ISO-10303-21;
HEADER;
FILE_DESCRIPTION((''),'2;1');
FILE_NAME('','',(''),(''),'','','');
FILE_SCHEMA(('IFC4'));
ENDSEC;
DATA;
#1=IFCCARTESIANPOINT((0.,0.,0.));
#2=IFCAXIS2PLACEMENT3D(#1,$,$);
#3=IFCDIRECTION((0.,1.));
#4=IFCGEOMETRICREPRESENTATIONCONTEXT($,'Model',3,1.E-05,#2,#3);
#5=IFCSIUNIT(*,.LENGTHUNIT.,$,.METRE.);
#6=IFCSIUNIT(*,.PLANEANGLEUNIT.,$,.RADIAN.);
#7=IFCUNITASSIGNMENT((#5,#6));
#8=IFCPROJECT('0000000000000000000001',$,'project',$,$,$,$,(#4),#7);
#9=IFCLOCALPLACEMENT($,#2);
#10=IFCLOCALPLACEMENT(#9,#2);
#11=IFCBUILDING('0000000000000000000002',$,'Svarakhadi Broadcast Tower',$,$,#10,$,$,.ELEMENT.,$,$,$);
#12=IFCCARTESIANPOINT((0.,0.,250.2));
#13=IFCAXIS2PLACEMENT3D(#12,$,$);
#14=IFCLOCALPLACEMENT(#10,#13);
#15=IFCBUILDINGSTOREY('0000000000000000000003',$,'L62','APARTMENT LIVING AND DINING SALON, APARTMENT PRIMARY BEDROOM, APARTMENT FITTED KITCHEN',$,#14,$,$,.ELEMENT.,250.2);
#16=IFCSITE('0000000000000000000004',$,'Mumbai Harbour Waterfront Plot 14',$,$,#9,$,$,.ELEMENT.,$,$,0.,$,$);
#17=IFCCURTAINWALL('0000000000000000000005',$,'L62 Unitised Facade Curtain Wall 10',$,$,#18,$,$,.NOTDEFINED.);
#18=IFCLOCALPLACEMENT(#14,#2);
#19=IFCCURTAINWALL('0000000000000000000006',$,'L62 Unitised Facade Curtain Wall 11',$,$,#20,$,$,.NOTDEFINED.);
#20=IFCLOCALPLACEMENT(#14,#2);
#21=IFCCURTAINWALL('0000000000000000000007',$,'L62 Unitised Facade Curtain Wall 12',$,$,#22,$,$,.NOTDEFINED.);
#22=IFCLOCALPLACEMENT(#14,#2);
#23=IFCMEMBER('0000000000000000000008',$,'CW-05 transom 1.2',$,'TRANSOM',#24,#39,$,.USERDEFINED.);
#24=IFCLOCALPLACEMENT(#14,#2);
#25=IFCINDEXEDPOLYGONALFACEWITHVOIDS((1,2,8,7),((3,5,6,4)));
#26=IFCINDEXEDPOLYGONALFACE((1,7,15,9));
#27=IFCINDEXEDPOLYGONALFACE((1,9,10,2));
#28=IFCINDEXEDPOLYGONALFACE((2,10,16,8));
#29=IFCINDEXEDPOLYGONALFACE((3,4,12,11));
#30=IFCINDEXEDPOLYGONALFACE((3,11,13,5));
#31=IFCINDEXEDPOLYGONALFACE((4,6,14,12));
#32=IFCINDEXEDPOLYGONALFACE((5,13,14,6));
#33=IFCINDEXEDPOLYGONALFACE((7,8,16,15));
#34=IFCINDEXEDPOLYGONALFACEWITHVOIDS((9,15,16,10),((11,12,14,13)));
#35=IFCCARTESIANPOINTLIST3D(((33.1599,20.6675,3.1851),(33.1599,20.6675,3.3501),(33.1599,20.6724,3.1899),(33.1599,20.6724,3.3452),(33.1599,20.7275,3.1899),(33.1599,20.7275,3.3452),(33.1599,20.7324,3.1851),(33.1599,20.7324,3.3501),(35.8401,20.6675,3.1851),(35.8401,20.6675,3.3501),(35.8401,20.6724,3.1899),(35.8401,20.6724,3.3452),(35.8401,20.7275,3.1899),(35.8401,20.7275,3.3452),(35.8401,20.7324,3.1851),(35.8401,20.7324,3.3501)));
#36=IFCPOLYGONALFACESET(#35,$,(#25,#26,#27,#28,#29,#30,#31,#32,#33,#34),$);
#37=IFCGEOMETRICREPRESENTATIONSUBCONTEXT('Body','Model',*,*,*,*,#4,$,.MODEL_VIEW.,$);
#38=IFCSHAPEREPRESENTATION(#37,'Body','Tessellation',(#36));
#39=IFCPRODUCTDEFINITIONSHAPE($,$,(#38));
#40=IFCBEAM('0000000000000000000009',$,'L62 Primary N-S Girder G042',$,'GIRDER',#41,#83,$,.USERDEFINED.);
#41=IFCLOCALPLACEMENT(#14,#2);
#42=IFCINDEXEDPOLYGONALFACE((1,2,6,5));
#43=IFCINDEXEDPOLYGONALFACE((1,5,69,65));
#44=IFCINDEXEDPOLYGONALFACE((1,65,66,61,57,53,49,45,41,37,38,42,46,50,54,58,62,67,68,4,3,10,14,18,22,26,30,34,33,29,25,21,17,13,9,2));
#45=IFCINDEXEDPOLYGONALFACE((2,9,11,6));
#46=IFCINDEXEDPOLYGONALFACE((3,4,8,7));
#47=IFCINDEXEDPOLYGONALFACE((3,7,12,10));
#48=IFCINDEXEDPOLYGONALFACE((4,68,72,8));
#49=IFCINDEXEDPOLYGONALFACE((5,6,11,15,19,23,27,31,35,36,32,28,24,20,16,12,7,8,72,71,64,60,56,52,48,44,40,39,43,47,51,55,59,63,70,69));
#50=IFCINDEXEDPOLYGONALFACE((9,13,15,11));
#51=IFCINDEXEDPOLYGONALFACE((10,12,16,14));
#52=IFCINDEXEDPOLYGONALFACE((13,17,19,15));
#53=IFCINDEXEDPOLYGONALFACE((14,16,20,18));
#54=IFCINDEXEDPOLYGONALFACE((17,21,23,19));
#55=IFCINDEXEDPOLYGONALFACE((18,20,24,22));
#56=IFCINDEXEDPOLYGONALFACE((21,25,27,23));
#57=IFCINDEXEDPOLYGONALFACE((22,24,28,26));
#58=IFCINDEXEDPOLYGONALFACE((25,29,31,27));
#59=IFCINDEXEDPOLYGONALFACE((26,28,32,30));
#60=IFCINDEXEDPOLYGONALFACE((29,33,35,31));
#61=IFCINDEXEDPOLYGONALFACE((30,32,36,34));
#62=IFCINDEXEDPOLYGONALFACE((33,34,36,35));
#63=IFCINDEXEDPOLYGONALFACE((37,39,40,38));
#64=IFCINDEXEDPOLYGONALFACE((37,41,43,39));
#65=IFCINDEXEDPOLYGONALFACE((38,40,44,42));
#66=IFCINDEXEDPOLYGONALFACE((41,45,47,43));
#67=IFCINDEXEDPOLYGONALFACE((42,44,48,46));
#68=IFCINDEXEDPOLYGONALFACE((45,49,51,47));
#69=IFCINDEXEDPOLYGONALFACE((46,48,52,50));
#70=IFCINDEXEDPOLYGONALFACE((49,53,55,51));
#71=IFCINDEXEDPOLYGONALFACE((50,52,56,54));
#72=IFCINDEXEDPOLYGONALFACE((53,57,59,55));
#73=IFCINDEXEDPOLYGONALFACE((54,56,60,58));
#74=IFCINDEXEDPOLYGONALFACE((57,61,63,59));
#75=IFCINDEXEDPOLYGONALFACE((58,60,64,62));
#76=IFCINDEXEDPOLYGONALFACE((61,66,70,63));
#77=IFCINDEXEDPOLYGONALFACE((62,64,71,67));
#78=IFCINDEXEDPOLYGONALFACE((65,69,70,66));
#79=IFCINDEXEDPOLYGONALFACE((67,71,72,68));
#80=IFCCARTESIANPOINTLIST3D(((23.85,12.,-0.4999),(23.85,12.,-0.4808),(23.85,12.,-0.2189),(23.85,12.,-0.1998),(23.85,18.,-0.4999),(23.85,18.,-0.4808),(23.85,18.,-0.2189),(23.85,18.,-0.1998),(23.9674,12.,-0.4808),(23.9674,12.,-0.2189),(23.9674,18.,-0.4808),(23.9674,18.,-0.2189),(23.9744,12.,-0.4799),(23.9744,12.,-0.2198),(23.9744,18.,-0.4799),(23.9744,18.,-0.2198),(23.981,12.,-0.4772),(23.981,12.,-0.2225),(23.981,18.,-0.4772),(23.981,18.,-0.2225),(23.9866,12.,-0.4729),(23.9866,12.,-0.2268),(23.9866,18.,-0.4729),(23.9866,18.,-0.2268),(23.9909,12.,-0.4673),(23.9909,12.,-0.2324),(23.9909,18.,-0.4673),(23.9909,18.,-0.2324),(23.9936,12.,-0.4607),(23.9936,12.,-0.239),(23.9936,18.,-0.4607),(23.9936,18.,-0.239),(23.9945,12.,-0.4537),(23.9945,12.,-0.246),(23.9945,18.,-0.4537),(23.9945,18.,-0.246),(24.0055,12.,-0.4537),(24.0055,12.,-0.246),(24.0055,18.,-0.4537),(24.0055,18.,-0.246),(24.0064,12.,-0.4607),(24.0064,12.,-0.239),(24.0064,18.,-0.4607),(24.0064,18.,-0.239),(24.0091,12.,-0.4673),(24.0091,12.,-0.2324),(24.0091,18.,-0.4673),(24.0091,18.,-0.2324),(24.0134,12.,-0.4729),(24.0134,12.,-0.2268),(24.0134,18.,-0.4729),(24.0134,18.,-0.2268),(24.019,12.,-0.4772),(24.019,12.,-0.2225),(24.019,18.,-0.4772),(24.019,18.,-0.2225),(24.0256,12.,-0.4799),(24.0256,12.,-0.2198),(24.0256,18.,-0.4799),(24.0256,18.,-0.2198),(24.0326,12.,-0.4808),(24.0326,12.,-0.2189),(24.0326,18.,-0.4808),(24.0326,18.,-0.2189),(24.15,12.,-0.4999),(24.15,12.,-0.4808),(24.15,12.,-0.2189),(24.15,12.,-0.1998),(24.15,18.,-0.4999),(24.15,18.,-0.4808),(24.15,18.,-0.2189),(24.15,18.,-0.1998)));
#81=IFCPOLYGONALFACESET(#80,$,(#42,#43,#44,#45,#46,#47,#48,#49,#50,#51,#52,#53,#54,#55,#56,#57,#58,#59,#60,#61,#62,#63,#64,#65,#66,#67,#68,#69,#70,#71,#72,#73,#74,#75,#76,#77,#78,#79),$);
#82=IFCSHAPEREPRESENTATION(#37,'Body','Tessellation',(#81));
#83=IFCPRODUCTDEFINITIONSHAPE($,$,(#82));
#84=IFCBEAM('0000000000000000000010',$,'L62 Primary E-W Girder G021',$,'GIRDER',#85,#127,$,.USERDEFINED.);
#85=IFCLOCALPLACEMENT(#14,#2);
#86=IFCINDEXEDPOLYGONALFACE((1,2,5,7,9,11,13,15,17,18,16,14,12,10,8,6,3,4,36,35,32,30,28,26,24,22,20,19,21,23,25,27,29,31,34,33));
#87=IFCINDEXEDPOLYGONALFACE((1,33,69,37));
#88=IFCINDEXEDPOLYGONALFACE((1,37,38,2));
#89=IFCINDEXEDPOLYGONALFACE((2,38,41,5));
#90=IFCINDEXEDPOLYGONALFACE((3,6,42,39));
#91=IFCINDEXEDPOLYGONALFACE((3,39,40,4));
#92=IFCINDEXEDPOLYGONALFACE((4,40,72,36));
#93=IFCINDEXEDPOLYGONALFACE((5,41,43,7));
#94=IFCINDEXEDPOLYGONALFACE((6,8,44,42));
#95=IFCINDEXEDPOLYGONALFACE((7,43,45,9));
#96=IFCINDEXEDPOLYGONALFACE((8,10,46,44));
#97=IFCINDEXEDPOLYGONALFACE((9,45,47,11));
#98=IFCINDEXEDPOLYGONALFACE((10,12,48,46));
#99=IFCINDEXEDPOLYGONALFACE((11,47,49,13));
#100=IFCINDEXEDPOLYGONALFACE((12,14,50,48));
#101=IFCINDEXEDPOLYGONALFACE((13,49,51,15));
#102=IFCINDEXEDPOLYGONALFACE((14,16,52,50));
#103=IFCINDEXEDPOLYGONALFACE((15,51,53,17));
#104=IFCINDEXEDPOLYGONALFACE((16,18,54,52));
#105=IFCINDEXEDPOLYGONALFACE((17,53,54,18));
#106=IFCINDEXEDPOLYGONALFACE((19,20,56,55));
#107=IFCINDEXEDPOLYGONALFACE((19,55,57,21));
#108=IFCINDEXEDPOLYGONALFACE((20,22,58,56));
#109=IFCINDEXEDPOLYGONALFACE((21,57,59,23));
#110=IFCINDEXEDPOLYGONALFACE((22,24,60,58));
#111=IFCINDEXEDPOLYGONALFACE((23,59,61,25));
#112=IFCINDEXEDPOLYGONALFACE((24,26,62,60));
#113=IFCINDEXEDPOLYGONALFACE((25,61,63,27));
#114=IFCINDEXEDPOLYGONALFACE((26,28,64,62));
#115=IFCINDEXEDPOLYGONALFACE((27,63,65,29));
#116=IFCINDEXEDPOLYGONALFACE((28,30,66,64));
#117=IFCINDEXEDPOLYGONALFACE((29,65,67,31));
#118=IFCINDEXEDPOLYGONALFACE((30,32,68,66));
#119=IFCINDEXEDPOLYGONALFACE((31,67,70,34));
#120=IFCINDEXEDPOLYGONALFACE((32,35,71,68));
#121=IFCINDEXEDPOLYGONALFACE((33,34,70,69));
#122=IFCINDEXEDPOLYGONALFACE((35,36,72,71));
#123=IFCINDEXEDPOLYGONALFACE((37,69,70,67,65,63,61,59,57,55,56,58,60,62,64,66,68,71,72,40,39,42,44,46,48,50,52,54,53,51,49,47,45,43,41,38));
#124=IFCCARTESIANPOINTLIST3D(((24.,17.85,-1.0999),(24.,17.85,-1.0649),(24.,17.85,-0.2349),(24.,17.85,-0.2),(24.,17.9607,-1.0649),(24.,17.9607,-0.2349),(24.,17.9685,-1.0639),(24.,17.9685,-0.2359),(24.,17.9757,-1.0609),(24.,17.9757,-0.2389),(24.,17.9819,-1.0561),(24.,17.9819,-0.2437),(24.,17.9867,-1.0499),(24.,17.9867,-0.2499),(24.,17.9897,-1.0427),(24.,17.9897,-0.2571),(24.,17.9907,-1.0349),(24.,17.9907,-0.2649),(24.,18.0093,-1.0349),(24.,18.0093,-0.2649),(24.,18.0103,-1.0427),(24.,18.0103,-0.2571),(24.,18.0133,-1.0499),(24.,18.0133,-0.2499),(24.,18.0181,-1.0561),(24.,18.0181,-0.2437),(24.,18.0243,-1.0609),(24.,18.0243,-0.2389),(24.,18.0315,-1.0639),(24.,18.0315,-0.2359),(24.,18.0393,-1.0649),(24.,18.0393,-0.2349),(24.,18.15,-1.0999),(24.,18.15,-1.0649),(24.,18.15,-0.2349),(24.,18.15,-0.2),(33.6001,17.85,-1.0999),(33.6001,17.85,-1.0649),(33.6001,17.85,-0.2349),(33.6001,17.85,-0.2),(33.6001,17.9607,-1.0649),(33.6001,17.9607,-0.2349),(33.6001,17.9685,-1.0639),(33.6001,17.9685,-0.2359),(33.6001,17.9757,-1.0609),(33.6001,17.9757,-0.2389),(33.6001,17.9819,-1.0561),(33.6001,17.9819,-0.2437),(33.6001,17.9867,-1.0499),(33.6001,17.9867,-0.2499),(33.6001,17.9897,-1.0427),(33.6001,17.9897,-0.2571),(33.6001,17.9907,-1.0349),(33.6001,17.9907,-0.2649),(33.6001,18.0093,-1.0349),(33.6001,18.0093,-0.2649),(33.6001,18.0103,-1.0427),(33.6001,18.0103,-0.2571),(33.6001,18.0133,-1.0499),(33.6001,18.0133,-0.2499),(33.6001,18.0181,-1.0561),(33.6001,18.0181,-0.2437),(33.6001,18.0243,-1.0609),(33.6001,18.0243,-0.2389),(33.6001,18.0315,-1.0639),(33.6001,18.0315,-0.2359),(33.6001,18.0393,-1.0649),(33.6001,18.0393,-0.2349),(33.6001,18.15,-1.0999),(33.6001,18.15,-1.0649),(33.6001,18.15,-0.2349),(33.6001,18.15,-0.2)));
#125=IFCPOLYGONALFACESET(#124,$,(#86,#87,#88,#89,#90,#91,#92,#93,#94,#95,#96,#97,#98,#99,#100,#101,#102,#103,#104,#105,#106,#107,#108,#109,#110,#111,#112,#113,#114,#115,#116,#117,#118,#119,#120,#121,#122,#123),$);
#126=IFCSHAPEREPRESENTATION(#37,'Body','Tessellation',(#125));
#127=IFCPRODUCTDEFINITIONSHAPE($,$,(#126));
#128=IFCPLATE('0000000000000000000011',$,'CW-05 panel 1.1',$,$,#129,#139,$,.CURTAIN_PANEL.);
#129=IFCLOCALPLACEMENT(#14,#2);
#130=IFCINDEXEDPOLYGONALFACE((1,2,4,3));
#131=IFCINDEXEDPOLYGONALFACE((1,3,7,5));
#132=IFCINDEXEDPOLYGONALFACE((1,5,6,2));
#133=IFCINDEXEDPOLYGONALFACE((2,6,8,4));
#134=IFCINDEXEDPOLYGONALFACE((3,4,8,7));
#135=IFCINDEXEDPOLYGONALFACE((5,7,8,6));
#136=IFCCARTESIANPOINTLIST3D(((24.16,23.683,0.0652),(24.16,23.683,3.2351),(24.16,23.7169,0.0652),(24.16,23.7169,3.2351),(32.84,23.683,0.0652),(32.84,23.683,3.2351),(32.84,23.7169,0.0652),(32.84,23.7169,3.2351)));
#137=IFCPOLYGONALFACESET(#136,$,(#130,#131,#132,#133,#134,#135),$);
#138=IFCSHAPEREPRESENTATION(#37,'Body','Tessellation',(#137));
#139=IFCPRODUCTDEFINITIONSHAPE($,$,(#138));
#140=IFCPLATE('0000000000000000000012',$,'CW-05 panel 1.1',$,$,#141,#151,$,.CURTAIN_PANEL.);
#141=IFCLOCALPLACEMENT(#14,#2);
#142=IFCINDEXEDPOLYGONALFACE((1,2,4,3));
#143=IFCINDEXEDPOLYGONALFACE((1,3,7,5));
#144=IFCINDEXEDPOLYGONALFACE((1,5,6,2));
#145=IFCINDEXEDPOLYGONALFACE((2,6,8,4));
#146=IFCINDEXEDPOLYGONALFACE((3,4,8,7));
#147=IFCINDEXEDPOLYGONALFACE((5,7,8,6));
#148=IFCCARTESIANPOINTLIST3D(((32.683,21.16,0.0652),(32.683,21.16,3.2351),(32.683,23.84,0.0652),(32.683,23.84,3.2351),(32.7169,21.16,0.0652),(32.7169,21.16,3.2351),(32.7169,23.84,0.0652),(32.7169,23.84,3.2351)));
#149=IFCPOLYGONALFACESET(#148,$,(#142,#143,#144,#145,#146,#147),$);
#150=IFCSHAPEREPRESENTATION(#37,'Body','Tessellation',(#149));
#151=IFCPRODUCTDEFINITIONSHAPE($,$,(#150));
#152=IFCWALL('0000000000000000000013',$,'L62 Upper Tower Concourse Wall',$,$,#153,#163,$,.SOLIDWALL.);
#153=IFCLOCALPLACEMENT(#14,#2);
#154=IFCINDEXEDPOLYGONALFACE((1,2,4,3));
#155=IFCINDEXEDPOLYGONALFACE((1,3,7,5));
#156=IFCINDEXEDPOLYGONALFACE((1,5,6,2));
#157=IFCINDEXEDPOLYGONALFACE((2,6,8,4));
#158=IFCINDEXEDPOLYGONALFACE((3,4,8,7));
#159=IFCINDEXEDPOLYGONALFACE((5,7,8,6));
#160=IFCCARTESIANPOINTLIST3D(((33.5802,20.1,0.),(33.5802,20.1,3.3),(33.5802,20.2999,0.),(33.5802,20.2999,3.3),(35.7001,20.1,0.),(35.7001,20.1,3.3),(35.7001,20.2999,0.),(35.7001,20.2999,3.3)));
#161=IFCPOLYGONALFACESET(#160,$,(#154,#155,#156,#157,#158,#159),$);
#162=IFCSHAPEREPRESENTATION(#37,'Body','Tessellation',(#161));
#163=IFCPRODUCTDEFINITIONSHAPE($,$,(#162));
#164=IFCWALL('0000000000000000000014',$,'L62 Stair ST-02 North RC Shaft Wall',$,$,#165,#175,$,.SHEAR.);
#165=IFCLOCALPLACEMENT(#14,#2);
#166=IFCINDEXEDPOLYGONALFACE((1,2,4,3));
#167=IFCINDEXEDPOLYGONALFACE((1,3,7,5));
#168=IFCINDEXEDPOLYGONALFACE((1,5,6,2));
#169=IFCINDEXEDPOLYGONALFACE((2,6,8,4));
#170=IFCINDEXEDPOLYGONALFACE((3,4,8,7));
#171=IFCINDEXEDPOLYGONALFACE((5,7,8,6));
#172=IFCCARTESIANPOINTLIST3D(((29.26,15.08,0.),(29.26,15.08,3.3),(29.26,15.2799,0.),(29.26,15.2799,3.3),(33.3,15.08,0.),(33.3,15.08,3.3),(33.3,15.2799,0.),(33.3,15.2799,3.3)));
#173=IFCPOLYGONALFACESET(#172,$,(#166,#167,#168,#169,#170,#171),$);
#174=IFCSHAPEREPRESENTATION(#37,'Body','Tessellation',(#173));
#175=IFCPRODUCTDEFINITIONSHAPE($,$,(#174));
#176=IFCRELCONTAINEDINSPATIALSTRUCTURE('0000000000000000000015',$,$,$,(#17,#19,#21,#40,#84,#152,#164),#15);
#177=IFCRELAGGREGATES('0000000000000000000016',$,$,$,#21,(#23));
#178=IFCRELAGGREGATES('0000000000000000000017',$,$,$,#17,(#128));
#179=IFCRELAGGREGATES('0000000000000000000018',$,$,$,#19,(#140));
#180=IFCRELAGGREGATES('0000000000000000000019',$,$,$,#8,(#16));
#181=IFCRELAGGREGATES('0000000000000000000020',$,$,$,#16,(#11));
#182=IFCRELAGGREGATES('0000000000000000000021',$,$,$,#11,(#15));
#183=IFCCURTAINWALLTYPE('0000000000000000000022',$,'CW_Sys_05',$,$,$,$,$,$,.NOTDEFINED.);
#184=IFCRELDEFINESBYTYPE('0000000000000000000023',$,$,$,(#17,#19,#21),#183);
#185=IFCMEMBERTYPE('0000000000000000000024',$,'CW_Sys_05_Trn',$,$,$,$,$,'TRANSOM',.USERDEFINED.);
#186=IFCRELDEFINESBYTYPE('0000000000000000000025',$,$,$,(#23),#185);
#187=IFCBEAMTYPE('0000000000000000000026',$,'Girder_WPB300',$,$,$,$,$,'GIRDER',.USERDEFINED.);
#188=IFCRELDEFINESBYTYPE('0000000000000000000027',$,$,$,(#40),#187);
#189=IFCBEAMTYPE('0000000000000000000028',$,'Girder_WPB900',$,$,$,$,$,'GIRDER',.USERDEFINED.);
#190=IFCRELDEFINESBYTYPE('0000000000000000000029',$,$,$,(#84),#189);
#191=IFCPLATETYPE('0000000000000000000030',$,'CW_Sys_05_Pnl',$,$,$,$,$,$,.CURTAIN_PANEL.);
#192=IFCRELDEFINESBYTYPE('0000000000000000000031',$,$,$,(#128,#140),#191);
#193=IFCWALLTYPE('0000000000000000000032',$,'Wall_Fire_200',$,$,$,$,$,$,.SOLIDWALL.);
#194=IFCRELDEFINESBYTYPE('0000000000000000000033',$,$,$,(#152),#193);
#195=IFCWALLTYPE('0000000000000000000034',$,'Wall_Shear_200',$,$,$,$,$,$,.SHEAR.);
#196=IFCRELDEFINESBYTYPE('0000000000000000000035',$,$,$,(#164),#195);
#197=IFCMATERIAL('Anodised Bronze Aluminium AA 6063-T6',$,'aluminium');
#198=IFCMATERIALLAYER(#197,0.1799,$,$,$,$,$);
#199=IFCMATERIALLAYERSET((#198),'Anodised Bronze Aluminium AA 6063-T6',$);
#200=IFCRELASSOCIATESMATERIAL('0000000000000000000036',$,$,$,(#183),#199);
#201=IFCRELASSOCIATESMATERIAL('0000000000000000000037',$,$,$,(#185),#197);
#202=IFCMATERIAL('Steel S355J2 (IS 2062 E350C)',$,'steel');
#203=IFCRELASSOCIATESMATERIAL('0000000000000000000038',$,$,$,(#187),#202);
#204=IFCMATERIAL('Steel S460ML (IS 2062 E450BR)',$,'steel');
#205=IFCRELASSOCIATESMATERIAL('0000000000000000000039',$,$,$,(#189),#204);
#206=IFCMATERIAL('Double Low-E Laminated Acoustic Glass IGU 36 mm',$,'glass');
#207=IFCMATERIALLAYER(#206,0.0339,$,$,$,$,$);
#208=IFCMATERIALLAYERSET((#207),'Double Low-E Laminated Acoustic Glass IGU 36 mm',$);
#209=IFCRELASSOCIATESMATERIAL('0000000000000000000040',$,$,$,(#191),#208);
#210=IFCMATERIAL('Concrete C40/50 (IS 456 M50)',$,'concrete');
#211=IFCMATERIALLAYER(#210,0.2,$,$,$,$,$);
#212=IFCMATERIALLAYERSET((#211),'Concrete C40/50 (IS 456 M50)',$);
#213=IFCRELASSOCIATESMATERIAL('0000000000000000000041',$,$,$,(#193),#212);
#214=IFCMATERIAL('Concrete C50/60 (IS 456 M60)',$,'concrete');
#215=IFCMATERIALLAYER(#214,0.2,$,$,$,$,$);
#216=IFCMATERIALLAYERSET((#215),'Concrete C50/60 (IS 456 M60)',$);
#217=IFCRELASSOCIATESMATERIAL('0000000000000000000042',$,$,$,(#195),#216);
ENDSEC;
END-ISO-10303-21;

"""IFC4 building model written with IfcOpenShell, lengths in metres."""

from ifc_helpers import new_model, si_unit, direction, frame, frame_2d, origin, origin_2d, place, context, subcontext, project, spatial, rectangle, hollow_rectangle, i_section, extrude, material, layer, layer_set, material_profile, profile_set, type_object, element, aggregate, save


model = new_model("IFC4")

# Units and contexts
model_context = context("Model", 3, precision=1e-05, world=origin(), true_north=direction((0.0, 1.0)))
body_context = subcontext(model_context, "Body", "Model", "MODEL_VIEW")
ifc_project = project(units=[si_unit("LENGTHUNIT", "METRE"), si_unit("PLANEANGLEUNIT", "RADIAN")], contexts=[model_context])

# Site, building, storey
site_placement = place(None, origin())
site = spatial("IfcSite", under=ifc_project, at=site_placement, Name="Mumbai Harbour Waterfront Plot 14", CompositionType="ELEMENT", RefElevation=0.0)
building_placement = place(site_placement, origin())
building = spatial("IfcBuilding", under=site, at=building_placement, Name="Svarakhadi Broadcast Tower", CompositionType="ELEMENT")
storey_placement = place(building_placement, frame((0.0, 0.0, 250.2)))
storey = spatial("IfcBuildingStorey", under=building, at=storey_placement, Name="L62", Description="APARTMENT LIVING AND DINING SALON, APARTMENT PRIMARY BEDROOM, APARTMENT FITTED KITCHEN", CompositionType="ELEMENT", Elevation=250.2)

# Shared definitions
ifc_material_1 = material(Name="Concrete C50/60 (IS 456 M60)", Category="concrete")

# Curtain walls
ifc_material_2 = material(Name="Anodised Bronze Aluminium AA 6063-T6", Category="aluminium")
ifc_layer_1 = layer(ifc_material_2, 0.1799)
ifc_layer_set_1 = layer_set([ifc_layer_1], Name="Anodised Bronze Aluminium AA 6063-T6")
curtain_wall_type = type_object("IfcCurtainWallType", Name="CW_Sys_05", PredefinedType="NOTDEFINED", material=ifc_layer_set_1)
curtain_wall_1_placement = place(storey_placement, origin())
curtain_wall_1 = element("IfcCurtainWall", 1, at=curtain_wall_1_placement, inside=storey, type_object=curtain_wall_type, Name="L62 Unitised Facade Curtain Wall 10", PredefinedType="NOTDEFINED")
curtain_wall_2_placement = place(storey_placement, origin())
curtain_wall_2 = element("IfcCurtainWall", 2, at=curtain_wall_2_placement, inside=storey, type_object=curtain_wall_type, Name="L62 Unitised Facade Curtain Wall 11", PredefinedType="NOTDEFINED")

# Curtain wall
curtain_wall_3_placement = place(storey_placement, origin())
curtain_wall_3 = element("IfcCurtainWall", 3, at=curtain_wall_3_placement, inside=storey, type_object=curtain_wall_type, Name="L62 Unitised Facade Curtain Wall 12", PredefinedType="NOTDEFINED")

# Member
ifc_material_profile_1 = material_profile(ifc_material_2, hollow_rectangle(XDim=0.0649, YDim=0.165, WallThickness=0.0049, at=origin_2d()), Name="ALU TRANSOM 165x65x5")
ifc_profile_set_1 = profile_set([ifc_material_profile_1], Name="Anodised Bronze Aluminium AA 6063-T6")
member_type_1 = type_object("IfcMemberType", Name="CW_Sys_05_Trn", ElementType="TRANSOM", PredefinedType="USERDEFINED", material=ifc_profile_set_1)
member_1_placement = place(storey_placement, frame((33.1599, 20.7, 3.2676), z_axis=(1.0, 0.0, 0.0), x_axis=(0.0, 1.0, 0.0)))
member_1 = element("IfcMember", 4, at=member_1_placement, type_object=member_type_1, Name="CW-05 transom 1.2", ObjectType="TRANSOM", PredefinedType="USERDEFINED", context=body_context, shape_type="SweptSolid", body=[
    extrude(hollow_rectangle(XDim=0.0649, YDim=0.165, WallThickness=0.0049, at=origin_2d()), origin(), (0.0, 0.0, 1.0), 2.6802),
])
aggregate(curtain_wall_3, [member_1])

# Beams
ifc_material_3 = material(Name="Steel S355J2 (IS 2062 E350C)", Category="steel")
ifc_material_profile_2 = material_profile(ifc_material_3, i_section(OverallWidth=0.3, OverallDepth=0.3, WebThickness=0.011, FlangeThickness=0.019, FilletRadius=0.0271, at=origin_2d()), Name="WPB 300x300x117")
ifc_profile_set_2 = profile_set([ifc_material_profile_2], Name="Steel S355J2 (IS 2062 E350C)")
beam_type_1 = type_object("IfcBeamType", Name="Girder_WPB300", ElementType="GIRDER", PredefinedType="USERDEFINED", material=ifc_profile_set_2)
beam_1_placement = place(storey_placement, frame((24.0, 12.0, -0.3499), z_axis=(0.0, 1.0, 0.0), x_axis=(-1.0, 0.0, 0.0)))
element("IfcBeam", 5, at=beam_1_placement, inside=storey, type_object=beam_type_1, Name="L62 Primary N-S Girder G042", ObjectType="GIRDER", PredefinedType="USERDEFINED", context=body_context, shape_type="SweptSolid", body=[
    extrude(i_section(OverallWidth=0.3, OverallDepth=0.3, WebThickness=0.011, FlangeThickness=0.019, FilletRadius=0.0271, at=origin_2d()), origin(), (0.0, 0.0, 1.0), 6.0),
])
ifc_material_4 = material(Name="Steel S460ML (IS 2062 E450BR)", Category="steel")
ifc_material_profile_3 = material_profile(ifc_material_4, i_section(OverallWidth=0.3, OverallDepth=0.8999, WebThickness=0.0186, FlangeThickness=0.0349, FilletRadius=0.03, at=origin_2d()), Name="WPB 900x300x291")
ifc_profile_set_3 = profile_set([ifc_material_profile_3], Name="Steel S460ML (IS 2062 E450BR)")
beam_type_2 = type_object("IfcBeamType", Name="Girder_WPB900", ElementType="GIRDER", PredefinedType="USERDEFINED", material=ifc_profile_set_3)
beam_2_placement = place(storey_placement, frame((24.0, 18.0, -0.6499), z_axis=(1.0, 0.0, 0.0), x_axis=(0.0, 1.0, 0.0)))
element("IfcBeam", 6, at=beam_2_placement, inside=storey, type_object=beam_type_2, Name="L62 Primary E-W Girder G021", ObjectType="GIRDER", PredefinedType="USERDEFINED", context=body_context, shape_type="SweptSolid", body=[
    extrude(i_section(OverallWidth=0.3, OverallDepth=0.8999, WebThickness=0.0186, FlangeThickness=0.0349, FilletRadius=0.03, at=origin_2d()), origin(), (0.0, 0.0, 1.0), 9.6001),
])

# Plates
ifc_material_5 = material(Name="Double Low-E Laminated Acoustic Glass IGU 36 mm", Category="glass")
ifc_layer_2 = layer(ifc_material_5, 0.0339)
ifc_layer_set_2 = layer_set([ifc_layer_2], Name="Double Low-E Laminated Acoustic Glass IGU 36 mm")
plate_type = type_object("IfcPlateType", Name="CW_Sys_05_Pnl", PredefinedType="CURTAIN_PANEL", material=ifc_layer_set_2)
plate_1_placement = place(storey_placement, frame((28.5, 23.7, 0.0652), z_axis=(0.0, 0.0, 1.0), x_axis=(1.0, 0.0, 0.0)))
plate_1 = element("IfcPlate", 7, at=plate_1_placement, type_object=plate_type, Name="CW-05 panel 1.1", PredefinedType="CURTAIN_PANEL", context=body_context, shape_type="SweptSolid", body=[
    extrude(rectangle(XDim=8.6799, YDim=0.0339, at=origin_2d()), origin(), (0.0, 0.0, 1.0), 3.1699),
])
aggregate(curtain_wall_1, [plate_1])
plate_2_placement = place(storey_placement, frame((32.7, 22.5, 0.0652), z_axis=(0.0, 0.0, 1.0), x_axis=(0.0, -1.0, 0.0)))
plate_2 = element("IfcPlate", 8, at=plate_2_placement, type_object=plate_type, Name="CW-05 panel 1.1", PredefinedType="CURTAIN_PANEL", context=body_context, shape_type="SweptSolid", body=[
    extrude(rectangle(XDim=2.6799, YDim=0.0339, at=origin_2d()), origin(), (0.0, 0.0, 1.0), 3.1699),
])
aggregate(curtain_wall_2, [plate_2])

# Walls
ifc_material_6 = material(Name="Concrete C40/50 (IS 456 M50)", Category="concrete")
ifc_layer_3 = layer(ifc_material_6, 0.2)
ifc_layer_set_3 = layer_set([ifc_layer_3], Name="Concrete C40/50 (IS 456 M50)")
wall_type_1 = type_object("IfcWallType", Name="Wall_Fire_200", PredefinedType="SOLIDWALL", material=ifc_layer_set_3)
wall_1_placement = place(storey_placement, frame((33.5801, 20.2, 0.0), z_axis=(0.0, 0.0, 1.0), x_axis=(1.0, 0.0, 0.0)))
element("IfcWall", 9, at=wall_1_placement, inside=storey, type_object=wall_type_1, Name="L62 Upper Tower Concourse Wall", PredefinedType="SOLIDWALL", context=body_context, shape_type="SweptSolid", body=[
    extrude(rectangle(XDim=2.1199, YDim=0.2, at=frame_2d((1.0601, 0.0))), origin(), (0.0, 0.0, 1.0), 3.3),
])
ifc_layer_4 = layer(ifc_material_1, 0.2)
ifc_layer_set_4 = layer_set([ifc_layer_4], Name="Concrete C50/60 (IS 456 M60)")
wall_type_2 = type_object("IfcWallType", Name="Wall_Shear_200", PredefinedType="SHEAR", material=ifc_layer_set_4)
wall_2_placement = place(storey_placement, frame((29.26, 15.1799, 0.0), z_axis=(0.0, 0.0, 1.0), x_axis=(1.0, 0.0, 0.0)))
element("IfcWall", 10, at=wall_2_placement, inside=storey, type_object=wall_type_2, Name="L62 Stair ST-02 North RC Shaft Wall", PredefinedType="SHEAR", context=body_context, shape_type="SweptSolid", body=[
    extrude(rectangle(XDim=4.04, YDim=0.2, at=frame_2d((2.02, 0.0))), origin(), (0.0, 0.0, 1.0), 3.3),
])

save(model, "model.ifc")
